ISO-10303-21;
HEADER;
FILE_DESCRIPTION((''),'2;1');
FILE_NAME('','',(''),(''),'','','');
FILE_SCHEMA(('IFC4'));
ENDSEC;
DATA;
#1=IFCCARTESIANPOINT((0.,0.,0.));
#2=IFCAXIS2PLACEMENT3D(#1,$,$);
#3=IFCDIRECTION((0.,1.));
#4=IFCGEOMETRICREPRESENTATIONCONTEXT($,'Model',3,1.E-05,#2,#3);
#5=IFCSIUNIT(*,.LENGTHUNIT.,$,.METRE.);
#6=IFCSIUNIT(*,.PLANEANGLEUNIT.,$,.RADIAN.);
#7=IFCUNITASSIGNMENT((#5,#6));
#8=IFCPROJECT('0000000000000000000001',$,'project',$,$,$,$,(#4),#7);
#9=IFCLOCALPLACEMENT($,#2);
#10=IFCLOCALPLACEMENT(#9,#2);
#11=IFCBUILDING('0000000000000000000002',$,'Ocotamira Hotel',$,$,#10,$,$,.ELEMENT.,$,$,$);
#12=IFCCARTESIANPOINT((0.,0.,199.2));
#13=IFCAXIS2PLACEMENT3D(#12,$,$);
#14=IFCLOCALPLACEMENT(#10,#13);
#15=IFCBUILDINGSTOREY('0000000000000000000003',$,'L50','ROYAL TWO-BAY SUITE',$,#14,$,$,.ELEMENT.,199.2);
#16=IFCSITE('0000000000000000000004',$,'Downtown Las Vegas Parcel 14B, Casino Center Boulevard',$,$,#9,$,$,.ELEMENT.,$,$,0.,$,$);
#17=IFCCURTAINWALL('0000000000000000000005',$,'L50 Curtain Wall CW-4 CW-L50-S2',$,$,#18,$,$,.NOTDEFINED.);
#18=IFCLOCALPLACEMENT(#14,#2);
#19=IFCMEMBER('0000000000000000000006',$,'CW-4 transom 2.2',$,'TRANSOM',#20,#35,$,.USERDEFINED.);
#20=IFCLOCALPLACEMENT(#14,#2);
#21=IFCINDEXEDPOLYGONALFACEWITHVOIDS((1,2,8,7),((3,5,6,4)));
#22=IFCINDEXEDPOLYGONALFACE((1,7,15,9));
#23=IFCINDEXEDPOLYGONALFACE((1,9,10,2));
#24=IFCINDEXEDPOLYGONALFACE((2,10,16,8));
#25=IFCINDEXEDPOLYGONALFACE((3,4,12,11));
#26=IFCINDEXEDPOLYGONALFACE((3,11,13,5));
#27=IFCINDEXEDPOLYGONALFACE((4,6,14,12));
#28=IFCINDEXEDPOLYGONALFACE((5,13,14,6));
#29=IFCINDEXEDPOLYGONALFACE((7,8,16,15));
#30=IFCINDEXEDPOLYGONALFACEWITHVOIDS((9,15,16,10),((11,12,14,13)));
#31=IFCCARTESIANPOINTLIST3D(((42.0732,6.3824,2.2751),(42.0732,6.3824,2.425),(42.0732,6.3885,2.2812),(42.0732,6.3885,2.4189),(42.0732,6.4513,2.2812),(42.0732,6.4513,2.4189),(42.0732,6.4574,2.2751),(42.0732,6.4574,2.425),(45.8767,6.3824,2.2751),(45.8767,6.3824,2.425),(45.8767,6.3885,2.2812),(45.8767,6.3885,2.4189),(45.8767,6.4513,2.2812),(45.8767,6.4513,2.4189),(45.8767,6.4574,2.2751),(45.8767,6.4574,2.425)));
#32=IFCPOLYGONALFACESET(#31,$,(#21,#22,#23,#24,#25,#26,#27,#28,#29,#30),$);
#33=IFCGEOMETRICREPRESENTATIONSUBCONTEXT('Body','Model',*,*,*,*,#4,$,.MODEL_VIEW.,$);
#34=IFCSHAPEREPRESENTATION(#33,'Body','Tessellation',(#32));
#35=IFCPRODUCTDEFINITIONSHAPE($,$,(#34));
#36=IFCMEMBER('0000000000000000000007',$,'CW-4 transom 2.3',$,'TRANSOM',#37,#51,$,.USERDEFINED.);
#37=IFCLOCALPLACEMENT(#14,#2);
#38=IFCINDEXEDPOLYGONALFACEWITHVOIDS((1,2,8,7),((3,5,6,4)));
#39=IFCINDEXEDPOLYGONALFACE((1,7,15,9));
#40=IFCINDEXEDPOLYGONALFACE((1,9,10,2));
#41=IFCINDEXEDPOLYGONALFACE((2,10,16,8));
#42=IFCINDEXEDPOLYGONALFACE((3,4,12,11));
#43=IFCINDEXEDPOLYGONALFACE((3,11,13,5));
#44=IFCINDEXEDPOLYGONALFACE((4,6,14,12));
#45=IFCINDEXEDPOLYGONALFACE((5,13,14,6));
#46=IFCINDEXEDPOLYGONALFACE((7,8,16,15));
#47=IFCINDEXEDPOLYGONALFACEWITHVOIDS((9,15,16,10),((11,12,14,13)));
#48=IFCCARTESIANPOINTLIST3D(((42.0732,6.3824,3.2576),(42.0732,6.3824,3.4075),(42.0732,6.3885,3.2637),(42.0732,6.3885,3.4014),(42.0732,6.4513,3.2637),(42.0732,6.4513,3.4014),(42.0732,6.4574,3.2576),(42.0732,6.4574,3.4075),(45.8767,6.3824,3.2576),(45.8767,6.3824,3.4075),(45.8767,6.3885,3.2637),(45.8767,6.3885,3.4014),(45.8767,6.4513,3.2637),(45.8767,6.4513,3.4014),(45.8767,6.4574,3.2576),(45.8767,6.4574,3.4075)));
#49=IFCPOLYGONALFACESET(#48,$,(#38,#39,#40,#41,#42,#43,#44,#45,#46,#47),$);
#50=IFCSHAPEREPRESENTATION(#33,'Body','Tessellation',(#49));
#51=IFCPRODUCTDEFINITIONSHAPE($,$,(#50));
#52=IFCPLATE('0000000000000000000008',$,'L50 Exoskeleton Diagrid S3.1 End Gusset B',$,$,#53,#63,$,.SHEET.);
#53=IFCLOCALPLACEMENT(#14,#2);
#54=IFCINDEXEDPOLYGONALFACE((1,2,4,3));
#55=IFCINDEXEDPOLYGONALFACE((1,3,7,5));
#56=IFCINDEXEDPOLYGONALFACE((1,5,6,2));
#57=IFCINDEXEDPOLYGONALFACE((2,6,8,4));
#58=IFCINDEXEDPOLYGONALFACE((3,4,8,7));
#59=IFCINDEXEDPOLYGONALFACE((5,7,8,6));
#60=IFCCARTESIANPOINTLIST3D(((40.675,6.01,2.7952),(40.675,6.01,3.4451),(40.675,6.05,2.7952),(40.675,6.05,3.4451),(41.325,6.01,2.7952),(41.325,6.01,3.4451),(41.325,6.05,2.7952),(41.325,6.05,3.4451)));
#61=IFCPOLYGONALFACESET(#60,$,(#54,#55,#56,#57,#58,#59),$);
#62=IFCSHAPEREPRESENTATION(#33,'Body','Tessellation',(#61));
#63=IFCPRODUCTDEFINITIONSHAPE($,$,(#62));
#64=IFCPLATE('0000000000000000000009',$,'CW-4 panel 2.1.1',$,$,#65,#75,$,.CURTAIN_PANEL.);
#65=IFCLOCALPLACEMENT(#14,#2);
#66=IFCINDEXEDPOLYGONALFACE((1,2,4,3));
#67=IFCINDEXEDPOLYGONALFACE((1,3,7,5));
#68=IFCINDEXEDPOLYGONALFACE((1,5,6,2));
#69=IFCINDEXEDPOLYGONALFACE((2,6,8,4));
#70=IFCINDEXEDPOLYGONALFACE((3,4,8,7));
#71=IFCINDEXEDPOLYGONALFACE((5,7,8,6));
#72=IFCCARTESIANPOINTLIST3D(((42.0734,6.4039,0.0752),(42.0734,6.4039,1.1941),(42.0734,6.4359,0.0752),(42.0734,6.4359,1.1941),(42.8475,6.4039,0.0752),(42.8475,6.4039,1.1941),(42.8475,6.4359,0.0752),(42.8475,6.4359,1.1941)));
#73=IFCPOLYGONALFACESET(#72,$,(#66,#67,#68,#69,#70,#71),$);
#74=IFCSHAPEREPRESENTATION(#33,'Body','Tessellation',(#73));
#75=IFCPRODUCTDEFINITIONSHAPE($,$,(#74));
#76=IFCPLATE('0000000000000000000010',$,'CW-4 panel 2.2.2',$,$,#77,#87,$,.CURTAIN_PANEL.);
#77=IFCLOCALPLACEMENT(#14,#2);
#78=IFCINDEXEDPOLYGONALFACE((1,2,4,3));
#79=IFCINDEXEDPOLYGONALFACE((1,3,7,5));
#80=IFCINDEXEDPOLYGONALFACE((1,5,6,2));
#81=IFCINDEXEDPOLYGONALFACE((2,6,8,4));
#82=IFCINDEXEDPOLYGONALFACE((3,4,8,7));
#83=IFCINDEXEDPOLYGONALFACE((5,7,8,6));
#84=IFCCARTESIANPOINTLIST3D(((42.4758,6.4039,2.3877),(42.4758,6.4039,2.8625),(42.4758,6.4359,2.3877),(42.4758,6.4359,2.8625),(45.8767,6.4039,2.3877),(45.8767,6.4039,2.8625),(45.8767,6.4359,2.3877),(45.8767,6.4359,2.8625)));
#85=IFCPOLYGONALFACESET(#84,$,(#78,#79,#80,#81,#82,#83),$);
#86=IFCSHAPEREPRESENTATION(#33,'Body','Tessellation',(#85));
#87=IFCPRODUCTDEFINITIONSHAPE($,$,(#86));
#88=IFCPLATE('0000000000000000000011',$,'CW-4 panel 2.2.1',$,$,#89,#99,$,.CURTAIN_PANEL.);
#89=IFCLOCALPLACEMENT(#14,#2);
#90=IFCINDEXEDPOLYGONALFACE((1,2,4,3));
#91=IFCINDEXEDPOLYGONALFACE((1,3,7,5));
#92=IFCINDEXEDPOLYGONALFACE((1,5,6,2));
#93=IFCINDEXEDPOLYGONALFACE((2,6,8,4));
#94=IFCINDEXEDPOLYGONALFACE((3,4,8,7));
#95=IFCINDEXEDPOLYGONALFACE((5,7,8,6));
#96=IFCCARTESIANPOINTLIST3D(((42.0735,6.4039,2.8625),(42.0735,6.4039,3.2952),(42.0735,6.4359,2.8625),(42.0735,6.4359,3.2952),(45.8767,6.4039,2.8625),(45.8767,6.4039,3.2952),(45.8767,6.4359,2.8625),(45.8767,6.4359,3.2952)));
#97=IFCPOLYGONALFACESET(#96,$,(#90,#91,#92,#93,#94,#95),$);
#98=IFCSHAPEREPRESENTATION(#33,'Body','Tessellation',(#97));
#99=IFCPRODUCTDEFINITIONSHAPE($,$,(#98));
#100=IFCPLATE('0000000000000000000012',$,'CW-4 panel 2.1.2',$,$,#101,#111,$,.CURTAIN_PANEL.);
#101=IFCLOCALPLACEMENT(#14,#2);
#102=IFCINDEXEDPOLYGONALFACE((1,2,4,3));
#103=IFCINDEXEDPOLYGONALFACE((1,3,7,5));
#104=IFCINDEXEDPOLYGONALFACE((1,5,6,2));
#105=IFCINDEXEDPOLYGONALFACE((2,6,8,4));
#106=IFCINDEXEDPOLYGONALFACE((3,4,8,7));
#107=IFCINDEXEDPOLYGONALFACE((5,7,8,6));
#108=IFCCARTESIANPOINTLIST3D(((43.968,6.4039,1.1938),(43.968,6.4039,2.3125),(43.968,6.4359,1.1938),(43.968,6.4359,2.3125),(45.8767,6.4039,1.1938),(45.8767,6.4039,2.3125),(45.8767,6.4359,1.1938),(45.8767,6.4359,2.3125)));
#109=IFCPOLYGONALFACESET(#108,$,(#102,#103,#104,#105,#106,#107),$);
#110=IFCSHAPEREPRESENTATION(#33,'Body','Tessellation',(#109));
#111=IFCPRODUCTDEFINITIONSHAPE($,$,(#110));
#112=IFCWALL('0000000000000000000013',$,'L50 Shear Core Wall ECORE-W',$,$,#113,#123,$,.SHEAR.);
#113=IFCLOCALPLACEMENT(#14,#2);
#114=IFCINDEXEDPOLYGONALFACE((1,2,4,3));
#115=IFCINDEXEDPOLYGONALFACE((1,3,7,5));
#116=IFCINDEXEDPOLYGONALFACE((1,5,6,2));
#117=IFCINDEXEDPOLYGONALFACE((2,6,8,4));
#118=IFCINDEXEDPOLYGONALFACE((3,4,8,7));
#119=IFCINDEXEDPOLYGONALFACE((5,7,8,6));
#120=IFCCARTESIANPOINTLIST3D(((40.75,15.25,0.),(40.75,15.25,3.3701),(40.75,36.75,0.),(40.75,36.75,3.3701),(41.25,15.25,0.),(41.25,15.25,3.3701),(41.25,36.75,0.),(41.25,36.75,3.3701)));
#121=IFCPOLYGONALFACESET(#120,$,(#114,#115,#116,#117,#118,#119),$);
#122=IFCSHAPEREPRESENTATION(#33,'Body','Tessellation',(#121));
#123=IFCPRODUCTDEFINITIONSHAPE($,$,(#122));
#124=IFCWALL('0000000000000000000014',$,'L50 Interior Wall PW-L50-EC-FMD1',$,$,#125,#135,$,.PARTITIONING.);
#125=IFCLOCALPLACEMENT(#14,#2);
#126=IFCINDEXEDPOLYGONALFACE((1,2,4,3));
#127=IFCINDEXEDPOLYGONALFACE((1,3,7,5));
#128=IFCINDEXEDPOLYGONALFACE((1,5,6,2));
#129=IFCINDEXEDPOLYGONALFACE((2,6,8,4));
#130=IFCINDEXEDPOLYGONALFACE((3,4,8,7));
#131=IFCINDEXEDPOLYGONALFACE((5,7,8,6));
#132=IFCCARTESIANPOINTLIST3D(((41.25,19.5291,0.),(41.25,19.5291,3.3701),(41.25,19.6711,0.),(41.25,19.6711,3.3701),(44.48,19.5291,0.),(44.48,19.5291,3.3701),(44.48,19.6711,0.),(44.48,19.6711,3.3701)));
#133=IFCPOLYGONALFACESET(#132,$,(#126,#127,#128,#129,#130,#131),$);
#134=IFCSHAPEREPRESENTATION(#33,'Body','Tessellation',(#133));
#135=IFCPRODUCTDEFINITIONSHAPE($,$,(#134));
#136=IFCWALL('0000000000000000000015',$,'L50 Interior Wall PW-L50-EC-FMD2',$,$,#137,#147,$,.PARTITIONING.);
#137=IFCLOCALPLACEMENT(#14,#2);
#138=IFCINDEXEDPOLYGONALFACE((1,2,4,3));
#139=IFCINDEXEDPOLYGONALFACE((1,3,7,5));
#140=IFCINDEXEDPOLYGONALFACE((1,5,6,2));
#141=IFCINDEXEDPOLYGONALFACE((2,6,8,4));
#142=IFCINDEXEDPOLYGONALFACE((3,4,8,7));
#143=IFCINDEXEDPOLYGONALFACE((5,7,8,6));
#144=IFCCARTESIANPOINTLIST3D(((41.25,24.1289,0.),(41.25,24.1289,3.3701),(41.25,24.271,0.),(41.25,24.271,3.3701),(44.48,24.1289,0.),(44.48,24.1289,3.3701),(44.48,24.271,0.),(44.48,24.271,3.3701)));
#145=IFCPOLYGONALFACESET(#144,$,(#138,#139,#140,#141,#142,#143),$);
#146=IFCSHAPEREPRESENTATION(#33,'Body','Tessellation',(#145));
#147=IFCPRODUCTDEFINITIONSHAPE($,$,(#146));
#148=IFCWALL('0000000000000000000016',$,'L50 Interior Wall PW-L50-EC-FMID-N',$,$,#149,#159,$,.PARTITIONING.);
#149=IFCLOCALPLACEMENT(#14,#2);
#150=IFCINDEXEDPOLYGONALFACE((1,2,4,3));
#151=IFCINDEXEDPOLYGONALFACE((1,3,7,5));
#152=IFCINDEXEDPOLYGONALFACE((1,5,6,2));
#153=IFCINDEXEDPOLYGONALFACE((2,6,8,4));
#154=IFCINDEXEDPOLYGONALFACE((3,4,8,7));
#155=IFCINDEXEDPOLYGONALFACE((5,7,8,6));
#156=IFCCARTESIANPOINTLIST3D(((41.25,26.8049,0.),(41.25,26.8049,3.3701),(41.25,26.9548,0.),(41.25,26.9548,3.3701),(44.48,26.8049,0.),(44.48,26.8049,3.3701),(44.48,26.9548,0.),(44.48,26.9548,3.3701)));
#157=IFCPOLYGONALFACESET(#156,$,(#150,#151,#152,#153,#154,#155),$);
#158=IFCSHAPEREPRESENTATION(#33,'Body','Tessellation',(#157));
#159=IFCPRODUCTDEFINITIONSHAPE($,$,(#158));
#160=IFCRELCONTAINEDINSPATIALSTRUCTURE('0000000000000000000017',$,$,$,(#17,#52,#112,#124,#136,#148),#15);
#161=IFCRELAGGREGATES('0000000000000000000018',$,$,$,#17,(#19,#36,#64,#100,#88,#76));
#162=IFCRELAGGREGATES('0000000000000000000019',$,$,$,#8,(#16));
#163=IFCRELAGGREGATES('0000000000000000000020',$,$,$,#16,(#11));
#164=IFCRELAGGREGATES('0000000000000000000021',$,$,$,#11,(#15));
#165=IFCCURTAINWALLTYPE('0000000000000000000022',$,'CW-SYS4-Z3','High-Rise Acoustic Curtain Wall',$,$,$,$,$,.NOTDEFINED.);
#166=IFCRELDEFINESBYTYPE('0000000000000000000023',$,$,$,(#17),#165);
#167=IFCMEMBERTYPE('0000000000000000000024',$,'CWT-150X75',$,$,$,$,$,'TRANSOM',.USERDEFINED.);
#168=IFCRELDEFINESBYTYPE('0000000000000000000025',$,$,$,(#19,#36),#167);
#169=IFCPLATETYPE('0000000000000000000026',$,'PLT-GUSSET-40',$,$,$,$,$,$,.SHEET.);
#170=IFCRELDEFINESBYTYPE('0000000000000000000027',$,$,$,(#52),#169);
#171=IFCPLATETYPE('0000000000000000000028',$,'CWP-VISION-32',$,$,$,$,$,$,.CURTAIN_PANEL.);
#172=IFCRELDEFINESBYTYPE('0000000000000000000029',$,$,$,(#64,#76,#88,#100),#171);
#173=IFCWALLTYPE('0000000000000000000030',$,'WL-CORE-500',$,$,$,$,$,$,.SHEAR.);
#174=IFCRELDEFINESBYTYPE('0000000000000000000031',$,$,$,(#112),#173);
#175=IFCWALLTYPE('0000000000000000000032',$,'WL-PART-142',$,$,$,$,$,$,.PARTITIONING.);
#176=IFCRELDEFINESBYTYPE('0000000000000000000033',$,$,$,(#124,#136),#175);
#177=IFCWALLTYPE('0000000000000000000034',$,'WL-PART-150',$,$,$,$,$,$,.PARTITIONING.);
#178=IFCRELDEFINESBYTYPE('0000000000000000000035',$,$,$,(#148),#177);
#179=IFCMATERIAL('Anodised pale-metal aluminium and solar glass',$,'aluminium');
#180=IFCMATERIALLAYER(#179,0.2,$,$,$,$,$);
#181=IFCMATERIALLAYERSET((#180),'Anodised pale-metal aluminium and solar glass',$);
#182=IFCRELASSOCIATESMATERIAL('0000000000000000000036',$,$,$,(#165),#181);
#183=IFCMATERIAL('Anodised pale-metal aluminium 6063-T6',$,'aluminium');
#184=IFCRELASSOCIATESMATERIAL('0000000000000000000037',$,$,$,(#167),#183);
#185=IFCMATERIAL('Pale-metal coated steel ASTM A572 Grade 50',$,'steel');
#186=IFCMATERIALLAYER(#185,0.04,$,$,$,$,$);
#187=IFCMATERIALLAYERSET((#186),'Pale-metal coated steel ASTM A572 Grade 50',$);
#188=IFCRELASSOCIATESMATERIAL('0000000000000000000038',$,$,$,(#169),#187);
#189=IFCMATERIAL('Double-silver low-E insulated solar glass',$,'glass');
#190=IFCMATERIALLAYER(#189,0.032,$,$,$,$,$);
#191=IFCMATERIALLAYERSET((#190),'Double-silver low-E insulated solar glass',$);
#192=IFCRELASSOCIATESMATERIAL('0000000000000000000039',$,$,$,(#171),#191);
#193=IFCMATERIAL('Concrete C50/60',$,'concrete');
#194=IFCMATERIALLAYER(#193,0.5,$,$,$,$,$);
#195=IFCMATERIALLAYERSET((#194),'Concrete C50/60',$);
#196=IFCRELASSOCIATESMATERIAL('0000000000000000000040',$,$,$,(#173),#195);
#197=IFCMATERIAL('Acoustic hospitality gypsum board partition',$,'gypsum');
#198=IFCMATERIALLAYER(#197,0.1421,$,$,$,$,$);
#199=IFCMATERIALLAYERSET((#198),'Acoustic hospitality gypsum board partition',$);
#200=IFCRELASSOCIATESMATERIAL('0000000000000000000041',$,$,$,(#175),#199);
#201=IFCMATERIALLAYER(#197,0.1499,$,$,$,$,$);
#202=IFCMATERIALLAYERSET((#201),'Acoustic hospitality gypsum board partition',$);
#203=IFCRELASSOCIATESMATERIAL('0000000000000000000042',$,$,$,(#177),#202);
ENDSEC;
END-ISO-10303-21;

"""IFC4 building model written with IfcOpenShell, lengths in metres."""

from ifc_helpers import new_model, si_unit, direction, frame, frame_2d, origin, origin_2d, place, context, subcontext, project, spatial, rectangle, hollow_rectangle, extrude, source, transform, mapped, material, layer, layer_set, material_profile, profile_set, type_object, element, aggregate, save


model = new_model("IFC4")

# Units and contexts
model_context = context("Model", 3, precision=1e-05, world=origin(), true_north=direction((0.0, 1.0)))
body_context = subcontext(model_context, "Body", "Model", "MODEL_VIEW")
ifc_project = project(units=[si_unit("LENGTHUNIT", "METRE"), si_unit("PLANEANGLEUNIT", "RADIAN")], contexts=[model_context])

# Site, building, storey
site_placement = place(None, origin())
site = spatial("IfcSite", under=ifc_project, at=site_placement, Name="Downtown Las Vegas Parcel 14B, Casino Center Boulevard", CompositionType="ELEMENT", RefElevation=0.0)
building_placement = place(site_placement, origin())
building = spatial("IfcBuilding", under=site, at=building_placement, Name="Ocotamira Hotel", CompositionType="ELEMENT")
storey_placement = place(building_placement, frame((0.0, 0.0, 199.2)))
storey = spatial("IfcBuildingStorey", under=building, at=storey_placement, Name="L50", Description="ROYAL TWO-BAY SUITE", CompositionType="ELEMENT", Elevation=199.2)

# Curtain wall, members
ifc_material_1 = material(Name="Anodised pale-metal aluminium and solar glass", Category="aluminium")
ifc_layer_1 = layer(ifc_material_1, 0.2)
ifc_layer_set_1 = layer_set([ifc_layer_1], Name="Anodised pale-metal aluminium and solar glass")
curtain_wall_type = type_object("IfcCurtainWallType", Name="CW-SYS4-Z3", Description="High-Rise Acoustic Curtain Wall", PredefinedType="NOTDEFINED", material=ifc_layer_set_1)
curtain_wall_placement = place(storey_placement, origin())
curtain_wall = element("IfcCurtainWall", 1, at=curtain_wall_placement, inside=storey, type_object=curtain_wall_type, Name="L50 Curtain Wall CW-4 CW-L50-S2", PredefinedType="NOTDEFINED")
ifc_material_2 = material(Name="Anodised pale-metal aluminium 6063-T6", Category="aluminium")
ifc_material_profile_1 = material_profile(ifc_material_2, hollow_rectangle(XDim=0.075, YDim=0.1499, WallThickness=0.0061, at=origin_2d()), Name="HSS150X75X6")
ifc_profile_set_1 = profile_set([ifc_material_profile_1], Name="Anodised pale-metal aluminium 6063-T6")
member_type_1 = type_object("IfcMemberType", Name="CWT-150X75", ElementType="TRANSOM", PredefinedType="USERDEFINED", material=ifc_profile_set_1)
shared_shape_1 = source(origin(), body_context, "Body", "SweptSolid", [
    extrude(hollow_rectangle(XDim=0.075, YDim=0.1499, WallThickness=0.0061, at=origin_2d()), origin(), (0.0, 0.0, 1.0), 3.8035),
])
member_1_placement = place(storey_placement, frame((42.0732, 6.4199, 2.3501), z_axis=(1.0, 0.0, 0.0), x_axis=(0.0, 1.0, 0.0)))
member_1 = element("IfcMember", 2, at=member_1_placement, type_object=member_type_1, Name="CW-4 transom 2.2", ObjectType="TRANSOM", PredefinedType="USERDEFINED", context=body_context, shape_type="MappedRepresentation", body=[
    mapped(shared_shape_1, transform((0.0, 0.0, 0.0), scale=1.0)),
])
member_2_placement = place(storey_placement, frame((42.0732, 6.4199, 3.3325), z_axis=(1.0, 0.0, 0.0), x_axis=(0.0, 1.0, 0.0)))
member_2 = element("IfcMember", 3, at=member_2_placement, type_object=member_type_1, Name="CW-4 transom 2.3", ObjectType="TRANSOM", PredefinedType="USERDEFINED", context=body_context, shape_type="MappedRepresentation", body=[
    mapped(shared_shape_1, transform((0.0, 0.0, 0.0), scale=1.0)),
])

# Plates
ifc_material_3 = material(Name="Pale-metal coated steel ASTM A572 Grade 50", Category="steel")
ifc_layer_2 = layer(ifc_material_3, 0.04)
ifc_layer_set_2 = layer_set([ifc_layer_2], Name="Pale-metal coated steel ASTM A572 Grade 50")
plate_type_1 = type_object("IfcPlateType", Name="PLT-GUSSET-40", PredefinedType="SHEET", material=ifc_layer_set_2)
shared_shape_2 = source(origin(), body_context, "Body", "SweptSolid", [
    extrude(rectangle(XDim=0.6499, YDim=0.04, at=origin_2d()), origin(), (0.0, 0.0, 1.0), 0.6499),
])
plate_1_placement = place(storey_placement, frame((41.0, 6.03, 2.7952), z_axis=(0.0, 0.0, 1.0), x_axis=(-1.0, 0.0, 0.0)))
element("IfcPlate", 4, at=plate_1_placement, inside=storey, type_object=plate_type_1, Name="L50 Exoskeleton Diagrid S3.1 End Gusset B", PredefinedType="SHEET", context=body_context, shape_type="MappedRepresentation", body=[
    mapped(shared_shape_2, transform((0.0, 0.0, 0.0), scale=1.0)),
])
ifc_material_4 = material(Name="Double-silver low-E insulated solar glass", Category="glass")
ifc_layer_3 = layer(ifc_material_4, 0.032)
ifc_layer_set_3 = layer_set([ifc_layer_3], Name="Double-silver low-E insulated solar glass")
plate_type_2 = type_object("IfcPlateType", Name="CWP-VISION-32", PredefinedType="CURTAIN_PANEL", material=ifc_layer_set_3)
shared_shape_3 = source(origin(), body_context, "Body", "SweptSolid", [
    extrude(rectangle(XDim=0.7742, YDim=0.032, at=origin_2d()), origin(), (0.0, 0.0, 1.0), 1.1189),
])
plate_2_placement = place(storey_placement, frame((42.4604, 6.4199, 0.0752), z_axis=(0.0, 0.0, 1.0), x_axis=(1.0, 0.0, 0.0)))
plate_2 = element("IfcPlate", 5, at=plate_2_placement, type_object=plate_type_2, Name="CW-4 panel 2.1.1", PredefinedType="CURTAIN_PANEL", context=body_context, shape_type="MappedRepresentation", body=[
    mapped(shared_shape_3, transform((0.0, 0.0, 0.0), scale=1.0)),
])
shared_shape_4 = source(origin(), body_context, "Body", "SweptSolid", [
    extrude(rectangle(XDim=3.4009, YDim=0.032, at=origin_2d()), origin(), (0.0, 0.0, 1.0), 0.4749),
])
plate_3_placement = place(storey_placement, frame((44.1763, 6.4199, 2.3877), z_axis=(0.0, 0.0, 1.0), x_axis=(1.0, 0.0, 0.0)))
plate_3 = element("IfcPlate", 6, at=plate_3_placement, type_object=plate_type_2, Name="CW-4 panel 2.2.2", PredefinedType="CURTAIN_PANEL", context=body_context, shape_type="MappedRepresentation", body=[
    mapped(shared_shape_4, transform((0.0, 0.0, 0.0), scale=1.0)),
])
shared_shape_5 = source(origin(), body_context, "Body", "SweptSolid", [
    extrude(rectangle(XDim=3.8032, YDim=0.032, at=origin_2d()), origin(), (0.0, 0.0, 1.0), 0.4326),
])
plate_4_placement = place(storey_placement, frame((43.9751, 6.4199, 2.8625), z_axis=(0.0, 0.0, 1.0), x_axis=(1.0, 0.0, 0.0)))
plate_4 = element("IfcPlate", 7, at=plate_4_placement, type_object=plate_type_2, Name="CW-4 panel 2.2.1", PredefinedType="CURTAIN_PANEL", context=body_context, shape_type="MappedRepresentation", body=[
    mapped(shared_shape_5, transform((0.0, 0.0, 0.0), scale=1.0)),
])
shared_shape_6 = source(origin(), body_context, "Body", "SweptSolid", [
    extrude(rectangle(XDim=1.9087, YDim=0.032, at=origin_2d()), origin(), (0.0, 0.0, 1.0), 1.1187),
])
plate_5_placement = place(storey_placement, frame((44.9224, 6.4199, 1.1938), z_axis=(0.0, 0.0, 1.0), x_axis=(1.0, 0.0, 0.0)))
plate_5 = element("IfcPlate", 8, at=plate_5_placement, type_object=plate_type_2, Name="CW-4 panel 2.1.2", PredefinedType="CURTAIN_PANEL", context=body_context, shape_type="MappedRepresentation", body=[
    mapped(shared_shape_6, transform((0.0, 0.0, 0.0), scale=1.0)),
])
aggregate(curtain_wall, [member_1, member_2, plate_2, plate_5, plate_4, plate_3])

# Shared definitions
ifc_material_5 = material(Name="Concrete C50/60", Category="concrete")
ifc_layer_4 = layer(ifc_material_5, 0.5)
ifc_layer_set_4 = layer_set([ifc_layer_4], Name="Concrete C50/60")
wall_type_1 = type_object("IfcWallType", Name="WL-CORE-500", PredefinedType="SHEAR", material=ifc_layer_set_4)

# Walls
wall_1_placement = place(storey_placement, frame((41.0, 15.25, 0.0), z_axis=(0.0, 0.0, 1.0), x_axis=(0.0, 1.0, 0.0)))
element("IfcWall", 9, at=wall_1_placement, inside=storey, type_object=wall_type_1, Name="L50 Shear Core Wall ECORE-W", PredefinedType="SHEAR", context=body_context, shape_type="SweptSolid", body=[
    extrude(rectangle(XDim=21.5, YDim=0.5, at=frame_2d((10.75, 0.0))), origin(), (0.0, 0.0, 1.0), 3.3701),
])
ifc_material_6 = material(Name="Acoustic hospitality gypsum board partition", Category="gypsum")
ifc_layer_5 = layer(ifc_material_6, 0.1421)
ifc_layer_set_5 = layer_set([ifc_layer_5], Name="Acoustic hospitality gypsum board partition")
wall_type_2 = type_object("IfcWallType", Name="WL-PART-142", PredefinedType="PARTITIONING", material=ifc_layer_set_5)
for number, where, z_axis, x_axis, name in (
    (10, (41.25, 19.6001, 0.0), (0.0, 0.0, 1.0), (1.0, 0.0, 0.0), "L50 Interior Wall PW-L50-EC-FMD1"),
    (11, (41.25, 24.2, 0.0), (0.0, 0.0, 1.0), (1.0, 0.0, 0.0), "L50 Interior Wall PW-L50-EC-FMD2"),
):
    element("IfcWall", number, at=place(storey_placement, frame(where, z_axis=z_axis, x_axis=x_axis)), inside=storey, type_object=wall_type_2, Name=name, PredefinedType="PARTITIONING", context=body_context, shape_type="SweptSolid", body=[
        extrude(rectangle(XDim=3.23, YDim=0.1421, at=frame_2d((1.615, 0.0))), origin(), (0.0, 0.0, 1.0), 3.3701),
    ])
ifc_layer_6 = layer(ifc_material_6, 0.1499)
ifc_layer_set_6 = layer_set([ifc_layer_6], Name="Acoustic hospitality gypsum board partition")
wall_type_3 = type_object("IfcWallType", Name="WL-PART-150", PredefinedType="PARTITIONING", material=ifc_layer_set_6)
wall_2_placement = place(storey_placement, frame((41.25, 26.8799, 0.0), z_axis=(0.0, 0.0, 1.0), x_axis=(1.0, 0.0, 0.0)))
element("IfcWall", 12, at=wall_2_placement, inside=storey, type_object=wall_type_3, Name="L50 Interior Wall PW-L50-EC-FMID-N", PredefinedType="PARTITIONING", context=body_context, shape_type="SweptSolid", body=[
    extrude(rectangle(XDim=3.23, YDim=0.1499, at=frame_2d((1.615, 0.0))), origin(), (0.0, 0.0, 1.0), 3.3701),
])

save(model, "model.ifc")
